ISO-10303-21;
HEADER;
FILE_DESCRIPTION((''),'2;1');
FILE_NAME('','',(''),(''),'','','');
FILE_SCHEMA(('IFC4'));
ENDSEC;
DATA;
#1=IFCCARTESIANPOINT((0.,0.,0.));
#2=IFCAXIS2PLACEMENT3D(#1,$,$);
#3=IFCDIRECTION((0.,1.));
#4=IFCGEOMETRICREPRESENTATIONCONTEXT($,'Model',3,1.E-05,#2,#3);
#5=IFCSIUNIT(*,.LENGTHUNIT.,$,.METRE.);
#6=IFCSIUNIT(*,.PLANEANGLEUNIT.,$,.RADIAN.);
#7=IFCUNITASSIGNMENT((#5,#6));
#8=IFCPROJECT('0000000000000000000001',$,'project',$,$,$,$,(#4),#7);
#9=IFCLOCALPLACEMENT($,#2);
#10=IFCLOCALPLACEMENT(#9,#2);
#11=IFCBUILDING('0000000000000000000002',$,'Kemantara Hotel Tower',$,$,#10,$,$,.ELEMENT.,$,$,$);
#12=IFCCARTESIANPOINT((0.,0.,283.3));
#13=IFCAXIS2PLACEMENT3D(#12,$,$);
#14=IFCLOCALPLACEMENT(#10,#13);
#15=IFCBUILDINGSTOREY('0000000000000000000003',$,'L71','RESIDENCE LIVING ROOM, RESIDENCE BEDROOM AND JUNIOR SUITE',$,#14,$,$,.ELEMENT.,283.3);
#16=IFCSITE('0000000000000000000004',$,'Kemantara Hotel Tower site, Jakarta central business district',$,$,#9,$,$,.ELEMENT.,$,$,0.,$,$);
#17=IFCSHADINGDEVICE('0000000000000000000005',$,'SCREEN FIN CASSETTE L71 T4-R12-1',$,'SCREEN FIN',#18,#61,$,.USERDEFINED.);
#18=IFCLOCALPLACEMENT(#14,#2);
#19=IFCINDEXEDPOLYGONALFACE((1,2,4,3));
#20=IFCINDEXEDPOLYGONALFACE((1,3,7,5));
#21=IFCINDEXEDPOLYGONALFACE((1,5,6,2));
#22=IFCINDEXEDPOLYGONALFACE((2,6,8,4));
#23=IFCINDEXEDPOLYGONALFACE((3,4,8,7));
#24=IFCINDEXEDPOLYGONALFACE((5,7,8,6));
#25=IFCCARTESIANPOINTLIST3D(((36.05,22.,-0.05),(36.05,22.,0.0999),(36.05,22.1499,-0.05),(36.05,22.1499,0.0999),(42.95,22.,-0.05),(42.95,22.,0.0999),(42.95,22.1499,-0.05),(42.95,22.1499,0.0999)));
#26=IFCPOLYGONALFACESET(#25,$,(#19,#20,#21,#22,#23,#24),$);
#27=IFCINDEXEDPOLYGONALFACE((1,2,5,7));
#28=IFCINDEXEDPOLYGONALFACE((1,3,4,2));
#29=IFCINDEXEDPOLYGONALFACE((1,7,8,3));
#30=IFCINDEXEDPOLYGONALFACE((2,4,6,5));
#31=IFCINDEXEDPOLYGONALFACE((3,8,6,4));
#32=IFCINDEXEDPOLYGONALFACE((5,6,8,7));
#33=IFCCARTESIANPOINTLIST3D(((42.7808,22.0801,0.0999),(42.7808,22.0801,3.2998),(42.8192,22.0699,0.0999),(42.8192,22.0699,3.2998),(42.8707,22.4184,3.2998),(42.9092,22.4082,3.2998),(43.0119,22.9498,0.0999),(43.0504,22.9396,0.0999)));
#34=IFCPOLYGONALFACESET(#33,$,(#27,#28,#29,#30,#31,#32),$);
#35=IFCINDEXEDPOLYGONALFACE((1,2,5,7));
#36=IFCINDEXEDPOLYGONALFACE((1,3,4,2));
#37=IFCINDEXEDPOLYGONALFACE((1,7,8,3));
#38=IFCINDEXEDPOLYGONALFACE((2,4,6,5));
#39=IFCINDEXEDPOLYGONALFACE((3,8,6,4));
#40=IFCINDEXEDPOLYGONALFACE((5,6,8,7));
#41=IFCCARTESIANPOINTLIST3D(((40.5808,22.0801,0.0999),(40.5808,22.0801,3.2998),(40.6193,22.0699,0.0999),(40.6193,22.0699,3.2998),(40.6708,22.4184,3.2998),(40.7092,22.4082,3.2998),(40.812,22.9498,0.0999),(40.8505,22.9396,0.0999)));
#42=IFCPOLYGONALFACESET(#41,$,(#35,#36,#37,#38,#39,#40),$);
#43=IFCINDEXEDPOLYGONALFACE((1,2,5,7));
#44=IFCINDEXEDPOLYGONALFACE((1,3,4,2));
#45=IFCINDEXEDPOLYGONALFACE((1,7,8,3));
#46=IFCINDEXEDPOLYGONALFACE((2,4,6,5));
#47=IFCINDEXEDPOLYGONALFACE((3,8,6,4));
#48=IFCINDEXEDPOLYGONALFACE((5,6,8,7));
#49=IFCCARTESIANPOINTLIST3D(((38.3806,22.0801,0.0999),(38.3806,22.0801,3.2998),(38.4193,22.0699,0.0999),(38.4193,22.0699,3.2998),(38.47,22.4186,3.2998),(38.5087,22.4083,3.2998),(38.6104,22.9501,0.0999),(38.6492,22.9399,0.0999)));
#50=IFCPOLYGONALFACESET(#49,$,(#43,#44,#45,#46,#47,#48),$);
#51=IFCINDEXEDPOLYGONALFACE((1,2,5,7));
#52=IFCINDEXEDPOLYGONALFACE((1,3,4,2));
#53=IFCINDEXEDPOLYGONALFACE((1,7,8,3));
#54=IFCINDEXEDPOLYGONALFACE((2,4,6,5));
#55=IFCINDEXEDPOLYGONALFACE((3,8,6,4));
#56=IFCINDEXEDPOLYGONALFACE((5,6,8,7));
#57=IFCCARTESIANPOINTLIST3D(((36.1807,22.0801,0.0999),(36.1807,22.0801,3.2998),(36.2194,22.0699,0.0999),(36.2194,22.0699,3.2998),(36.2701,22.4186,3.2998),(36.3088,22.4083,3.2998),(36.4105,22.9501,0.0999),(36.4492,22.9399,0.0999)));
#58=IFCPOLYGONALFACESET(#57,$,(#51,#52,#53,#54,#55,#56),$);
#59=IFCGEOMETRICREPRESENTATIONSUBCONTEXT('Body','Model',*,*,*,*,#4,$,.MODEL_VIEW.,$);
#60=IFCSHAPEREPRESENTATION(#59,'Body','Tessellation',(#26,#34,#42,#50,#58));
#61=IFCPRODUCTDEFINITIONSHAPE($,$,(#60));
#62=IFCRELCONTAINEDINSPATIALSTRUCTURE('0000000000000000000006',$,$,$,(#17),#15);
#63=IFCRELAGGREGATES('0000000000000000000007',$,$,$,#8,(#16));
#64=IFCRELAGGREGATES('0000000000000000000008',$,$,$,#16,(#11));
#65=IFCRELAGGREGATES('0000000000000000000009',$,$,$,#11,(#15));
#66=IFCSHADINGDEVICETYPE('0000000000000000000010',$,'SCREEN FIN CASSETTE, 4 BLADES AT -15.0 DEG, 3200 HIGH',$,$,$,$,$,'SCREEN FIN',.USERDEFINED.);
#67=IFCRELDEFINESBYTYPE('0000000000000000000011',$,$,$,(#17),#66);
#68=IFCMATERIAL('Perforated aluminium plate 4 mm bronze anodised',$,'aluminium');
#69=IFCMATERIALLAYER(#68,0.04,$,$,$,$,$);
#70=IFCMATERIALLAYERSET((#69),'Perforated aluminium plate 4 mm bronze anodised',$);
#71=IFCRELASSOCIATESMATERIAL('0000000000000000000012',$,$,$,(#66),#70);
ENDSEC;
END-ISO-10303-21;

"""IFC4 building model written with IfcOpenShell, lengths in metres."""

from ifc_helpers import new_model, si_unit, direction, frame, origin, origin_2d, place, context, subcontext, project, spatial, polyline, rectangle, outline, extrude, source, transform, mapped, material, layer, layer_set, type_object, element, save


model = new_model("IFC4")

# Units and contexts
model_context = context("Model", 3, precision=1e-05, world=origin(), true_north=direction((0.0, 1.0)))
body_context = subcontext(model_context, "Body", "Model", "MODEL_VIEW")
ifc_project = project(units=[si_unit("LENGTHUNIT", "METRE"), si_unit("PLANEANGLEUNIT", "RADIAN")], contexts=[model_context])

# Site, building, storey
site_placement = place(None, origin())
site = spatial("IfcSite", under=ifc_project, at=site_placement, Name="Kemantara Hotel Tower site, Jakarta central business district", CompositionType="ELEMENT", RefElevation=0.0)
building_placement = place(site_placement, origin())
building = spatial("IfcBuilding", under=site, at=building_placement, Name="Kemantara Hotel Tower", CompositionType="ELEMENT")
storey_placement = place(building_placement, frame((0.0, 0.0, 283.3)))
storey = spatial("IfcBuildingStorey", under=building, at=storey_placement, Name="L71", Description="RESIDENCE LIVING ROOM, RESIDENCE BEDROOM AND JUNIOR SUITE", CompositionType="ELEMENT", Elevation=283.3)

# Shading device
ifc_material_1 = material(Name="Perforated aluminium plate 4 mm bronze anodised", Category="aluminium")
ifc_layer_1 = layer(ifc_material_1, 0.04)
ifc_layer_set_1 = layer_set([ifc_layer_1], Name="Perforated aluminium plate 4 mm bronze anodised")
shading_device_type_1 = type_object("IfcShadingDeviceType", Name="SCREEN FIN CASSETTE, 4 BLADES AT -15.0 DEG, 3200 HIGH", ElementType="SCREEN FIN", PredefinedType="USERDEFINED", material=ifc_layer_set_1)
shared_shape_1 = source(origin(), body_context, "Body", "SweptSolid", [
    extrude(rectangle(XDim=6.8999, YDim=0.1499, at=origin_2d()), frame((3.3, -0.075, -0.1499), z_axis=(0.0, 0.0, 1.0), x_axis=(1.0, 0.0, 0.0)), (0.0, 0.0, 1.0), 0.1499),
    extrude(outline(polyline([(0.0, 0.0), (0.8999, 0.0), (0.3501, 3.2), (0.0, 3.2), (0.0, 0.0)])), frame((0.0193, -0.0801, 0.0), z_axis=(-0.966438, 0.256901, 0.0), x_axis=(-0.256901, -0.966438, 0.0)), (0.0, 0.0, 1.0), 0.0398),
    extrude(outline(polyline([(0.0, 0.0), (0.8999, 0.0), (0.3501, 3.2), (0.0, 3.2), (0.0, 0.0)])), frame((2.2192, -0.0801, 0.0), z_axis=(-0.966438, 0.256901, 0.0), x_axis=(-0.256901, -0.966438, 0.0)), (0.0, 0.0, 1.0), 0.0398),
    extrude(outline(polyline([(0.0, 0.0), (0.8999, 0.0), (0.3501, 3.2), (0.0, 3.2), (0.0, 0.0)])), frame((4.4194, -0.0801, 0.0), z_axis=(-0.966838, 0.255391, 0.0), x_axis=(-0.255391, -0.966838, 0.0)), (0.0, 0.0, 1.0), 0.04),
    extrude(outline(polyline([(0.0, 0.0), (0.8999, 0.0), (0.3501, 3.2), (0.0, 3.2), (0.0, 0.0)])), frame((6.6194, -0.0801, 0.0), z_axis=(-0.966838, 0.255391, 0.0), x_axis=(-0.255391, -0.966838, 0.0)), (0.0, 0.0, 1.0), 0.04),
])
shading_device_1_placement = place(storey_placement, frame((42.8, 22.0, 0.0999), z_axis=(0.0, 0.0, 1.0), x_axis=(-1.0, 0.0, 0.0)))
element("IfcShadingDevice", 1, at=shading_device_1_placement, inside=storey, type_object=shading_device_type_1, Name="SCREEN FIN CASSETTE L71 T4-R12-1", ObjectType="SCREEN FIN", PredefinedType="USERDEFINED", context=body_context, shape_type="MappedRepresentation", body=[
    mapped(shared_shape_1, transform((0.0, 0.0, 0.0))),
])

save(model, "model.ifc")
